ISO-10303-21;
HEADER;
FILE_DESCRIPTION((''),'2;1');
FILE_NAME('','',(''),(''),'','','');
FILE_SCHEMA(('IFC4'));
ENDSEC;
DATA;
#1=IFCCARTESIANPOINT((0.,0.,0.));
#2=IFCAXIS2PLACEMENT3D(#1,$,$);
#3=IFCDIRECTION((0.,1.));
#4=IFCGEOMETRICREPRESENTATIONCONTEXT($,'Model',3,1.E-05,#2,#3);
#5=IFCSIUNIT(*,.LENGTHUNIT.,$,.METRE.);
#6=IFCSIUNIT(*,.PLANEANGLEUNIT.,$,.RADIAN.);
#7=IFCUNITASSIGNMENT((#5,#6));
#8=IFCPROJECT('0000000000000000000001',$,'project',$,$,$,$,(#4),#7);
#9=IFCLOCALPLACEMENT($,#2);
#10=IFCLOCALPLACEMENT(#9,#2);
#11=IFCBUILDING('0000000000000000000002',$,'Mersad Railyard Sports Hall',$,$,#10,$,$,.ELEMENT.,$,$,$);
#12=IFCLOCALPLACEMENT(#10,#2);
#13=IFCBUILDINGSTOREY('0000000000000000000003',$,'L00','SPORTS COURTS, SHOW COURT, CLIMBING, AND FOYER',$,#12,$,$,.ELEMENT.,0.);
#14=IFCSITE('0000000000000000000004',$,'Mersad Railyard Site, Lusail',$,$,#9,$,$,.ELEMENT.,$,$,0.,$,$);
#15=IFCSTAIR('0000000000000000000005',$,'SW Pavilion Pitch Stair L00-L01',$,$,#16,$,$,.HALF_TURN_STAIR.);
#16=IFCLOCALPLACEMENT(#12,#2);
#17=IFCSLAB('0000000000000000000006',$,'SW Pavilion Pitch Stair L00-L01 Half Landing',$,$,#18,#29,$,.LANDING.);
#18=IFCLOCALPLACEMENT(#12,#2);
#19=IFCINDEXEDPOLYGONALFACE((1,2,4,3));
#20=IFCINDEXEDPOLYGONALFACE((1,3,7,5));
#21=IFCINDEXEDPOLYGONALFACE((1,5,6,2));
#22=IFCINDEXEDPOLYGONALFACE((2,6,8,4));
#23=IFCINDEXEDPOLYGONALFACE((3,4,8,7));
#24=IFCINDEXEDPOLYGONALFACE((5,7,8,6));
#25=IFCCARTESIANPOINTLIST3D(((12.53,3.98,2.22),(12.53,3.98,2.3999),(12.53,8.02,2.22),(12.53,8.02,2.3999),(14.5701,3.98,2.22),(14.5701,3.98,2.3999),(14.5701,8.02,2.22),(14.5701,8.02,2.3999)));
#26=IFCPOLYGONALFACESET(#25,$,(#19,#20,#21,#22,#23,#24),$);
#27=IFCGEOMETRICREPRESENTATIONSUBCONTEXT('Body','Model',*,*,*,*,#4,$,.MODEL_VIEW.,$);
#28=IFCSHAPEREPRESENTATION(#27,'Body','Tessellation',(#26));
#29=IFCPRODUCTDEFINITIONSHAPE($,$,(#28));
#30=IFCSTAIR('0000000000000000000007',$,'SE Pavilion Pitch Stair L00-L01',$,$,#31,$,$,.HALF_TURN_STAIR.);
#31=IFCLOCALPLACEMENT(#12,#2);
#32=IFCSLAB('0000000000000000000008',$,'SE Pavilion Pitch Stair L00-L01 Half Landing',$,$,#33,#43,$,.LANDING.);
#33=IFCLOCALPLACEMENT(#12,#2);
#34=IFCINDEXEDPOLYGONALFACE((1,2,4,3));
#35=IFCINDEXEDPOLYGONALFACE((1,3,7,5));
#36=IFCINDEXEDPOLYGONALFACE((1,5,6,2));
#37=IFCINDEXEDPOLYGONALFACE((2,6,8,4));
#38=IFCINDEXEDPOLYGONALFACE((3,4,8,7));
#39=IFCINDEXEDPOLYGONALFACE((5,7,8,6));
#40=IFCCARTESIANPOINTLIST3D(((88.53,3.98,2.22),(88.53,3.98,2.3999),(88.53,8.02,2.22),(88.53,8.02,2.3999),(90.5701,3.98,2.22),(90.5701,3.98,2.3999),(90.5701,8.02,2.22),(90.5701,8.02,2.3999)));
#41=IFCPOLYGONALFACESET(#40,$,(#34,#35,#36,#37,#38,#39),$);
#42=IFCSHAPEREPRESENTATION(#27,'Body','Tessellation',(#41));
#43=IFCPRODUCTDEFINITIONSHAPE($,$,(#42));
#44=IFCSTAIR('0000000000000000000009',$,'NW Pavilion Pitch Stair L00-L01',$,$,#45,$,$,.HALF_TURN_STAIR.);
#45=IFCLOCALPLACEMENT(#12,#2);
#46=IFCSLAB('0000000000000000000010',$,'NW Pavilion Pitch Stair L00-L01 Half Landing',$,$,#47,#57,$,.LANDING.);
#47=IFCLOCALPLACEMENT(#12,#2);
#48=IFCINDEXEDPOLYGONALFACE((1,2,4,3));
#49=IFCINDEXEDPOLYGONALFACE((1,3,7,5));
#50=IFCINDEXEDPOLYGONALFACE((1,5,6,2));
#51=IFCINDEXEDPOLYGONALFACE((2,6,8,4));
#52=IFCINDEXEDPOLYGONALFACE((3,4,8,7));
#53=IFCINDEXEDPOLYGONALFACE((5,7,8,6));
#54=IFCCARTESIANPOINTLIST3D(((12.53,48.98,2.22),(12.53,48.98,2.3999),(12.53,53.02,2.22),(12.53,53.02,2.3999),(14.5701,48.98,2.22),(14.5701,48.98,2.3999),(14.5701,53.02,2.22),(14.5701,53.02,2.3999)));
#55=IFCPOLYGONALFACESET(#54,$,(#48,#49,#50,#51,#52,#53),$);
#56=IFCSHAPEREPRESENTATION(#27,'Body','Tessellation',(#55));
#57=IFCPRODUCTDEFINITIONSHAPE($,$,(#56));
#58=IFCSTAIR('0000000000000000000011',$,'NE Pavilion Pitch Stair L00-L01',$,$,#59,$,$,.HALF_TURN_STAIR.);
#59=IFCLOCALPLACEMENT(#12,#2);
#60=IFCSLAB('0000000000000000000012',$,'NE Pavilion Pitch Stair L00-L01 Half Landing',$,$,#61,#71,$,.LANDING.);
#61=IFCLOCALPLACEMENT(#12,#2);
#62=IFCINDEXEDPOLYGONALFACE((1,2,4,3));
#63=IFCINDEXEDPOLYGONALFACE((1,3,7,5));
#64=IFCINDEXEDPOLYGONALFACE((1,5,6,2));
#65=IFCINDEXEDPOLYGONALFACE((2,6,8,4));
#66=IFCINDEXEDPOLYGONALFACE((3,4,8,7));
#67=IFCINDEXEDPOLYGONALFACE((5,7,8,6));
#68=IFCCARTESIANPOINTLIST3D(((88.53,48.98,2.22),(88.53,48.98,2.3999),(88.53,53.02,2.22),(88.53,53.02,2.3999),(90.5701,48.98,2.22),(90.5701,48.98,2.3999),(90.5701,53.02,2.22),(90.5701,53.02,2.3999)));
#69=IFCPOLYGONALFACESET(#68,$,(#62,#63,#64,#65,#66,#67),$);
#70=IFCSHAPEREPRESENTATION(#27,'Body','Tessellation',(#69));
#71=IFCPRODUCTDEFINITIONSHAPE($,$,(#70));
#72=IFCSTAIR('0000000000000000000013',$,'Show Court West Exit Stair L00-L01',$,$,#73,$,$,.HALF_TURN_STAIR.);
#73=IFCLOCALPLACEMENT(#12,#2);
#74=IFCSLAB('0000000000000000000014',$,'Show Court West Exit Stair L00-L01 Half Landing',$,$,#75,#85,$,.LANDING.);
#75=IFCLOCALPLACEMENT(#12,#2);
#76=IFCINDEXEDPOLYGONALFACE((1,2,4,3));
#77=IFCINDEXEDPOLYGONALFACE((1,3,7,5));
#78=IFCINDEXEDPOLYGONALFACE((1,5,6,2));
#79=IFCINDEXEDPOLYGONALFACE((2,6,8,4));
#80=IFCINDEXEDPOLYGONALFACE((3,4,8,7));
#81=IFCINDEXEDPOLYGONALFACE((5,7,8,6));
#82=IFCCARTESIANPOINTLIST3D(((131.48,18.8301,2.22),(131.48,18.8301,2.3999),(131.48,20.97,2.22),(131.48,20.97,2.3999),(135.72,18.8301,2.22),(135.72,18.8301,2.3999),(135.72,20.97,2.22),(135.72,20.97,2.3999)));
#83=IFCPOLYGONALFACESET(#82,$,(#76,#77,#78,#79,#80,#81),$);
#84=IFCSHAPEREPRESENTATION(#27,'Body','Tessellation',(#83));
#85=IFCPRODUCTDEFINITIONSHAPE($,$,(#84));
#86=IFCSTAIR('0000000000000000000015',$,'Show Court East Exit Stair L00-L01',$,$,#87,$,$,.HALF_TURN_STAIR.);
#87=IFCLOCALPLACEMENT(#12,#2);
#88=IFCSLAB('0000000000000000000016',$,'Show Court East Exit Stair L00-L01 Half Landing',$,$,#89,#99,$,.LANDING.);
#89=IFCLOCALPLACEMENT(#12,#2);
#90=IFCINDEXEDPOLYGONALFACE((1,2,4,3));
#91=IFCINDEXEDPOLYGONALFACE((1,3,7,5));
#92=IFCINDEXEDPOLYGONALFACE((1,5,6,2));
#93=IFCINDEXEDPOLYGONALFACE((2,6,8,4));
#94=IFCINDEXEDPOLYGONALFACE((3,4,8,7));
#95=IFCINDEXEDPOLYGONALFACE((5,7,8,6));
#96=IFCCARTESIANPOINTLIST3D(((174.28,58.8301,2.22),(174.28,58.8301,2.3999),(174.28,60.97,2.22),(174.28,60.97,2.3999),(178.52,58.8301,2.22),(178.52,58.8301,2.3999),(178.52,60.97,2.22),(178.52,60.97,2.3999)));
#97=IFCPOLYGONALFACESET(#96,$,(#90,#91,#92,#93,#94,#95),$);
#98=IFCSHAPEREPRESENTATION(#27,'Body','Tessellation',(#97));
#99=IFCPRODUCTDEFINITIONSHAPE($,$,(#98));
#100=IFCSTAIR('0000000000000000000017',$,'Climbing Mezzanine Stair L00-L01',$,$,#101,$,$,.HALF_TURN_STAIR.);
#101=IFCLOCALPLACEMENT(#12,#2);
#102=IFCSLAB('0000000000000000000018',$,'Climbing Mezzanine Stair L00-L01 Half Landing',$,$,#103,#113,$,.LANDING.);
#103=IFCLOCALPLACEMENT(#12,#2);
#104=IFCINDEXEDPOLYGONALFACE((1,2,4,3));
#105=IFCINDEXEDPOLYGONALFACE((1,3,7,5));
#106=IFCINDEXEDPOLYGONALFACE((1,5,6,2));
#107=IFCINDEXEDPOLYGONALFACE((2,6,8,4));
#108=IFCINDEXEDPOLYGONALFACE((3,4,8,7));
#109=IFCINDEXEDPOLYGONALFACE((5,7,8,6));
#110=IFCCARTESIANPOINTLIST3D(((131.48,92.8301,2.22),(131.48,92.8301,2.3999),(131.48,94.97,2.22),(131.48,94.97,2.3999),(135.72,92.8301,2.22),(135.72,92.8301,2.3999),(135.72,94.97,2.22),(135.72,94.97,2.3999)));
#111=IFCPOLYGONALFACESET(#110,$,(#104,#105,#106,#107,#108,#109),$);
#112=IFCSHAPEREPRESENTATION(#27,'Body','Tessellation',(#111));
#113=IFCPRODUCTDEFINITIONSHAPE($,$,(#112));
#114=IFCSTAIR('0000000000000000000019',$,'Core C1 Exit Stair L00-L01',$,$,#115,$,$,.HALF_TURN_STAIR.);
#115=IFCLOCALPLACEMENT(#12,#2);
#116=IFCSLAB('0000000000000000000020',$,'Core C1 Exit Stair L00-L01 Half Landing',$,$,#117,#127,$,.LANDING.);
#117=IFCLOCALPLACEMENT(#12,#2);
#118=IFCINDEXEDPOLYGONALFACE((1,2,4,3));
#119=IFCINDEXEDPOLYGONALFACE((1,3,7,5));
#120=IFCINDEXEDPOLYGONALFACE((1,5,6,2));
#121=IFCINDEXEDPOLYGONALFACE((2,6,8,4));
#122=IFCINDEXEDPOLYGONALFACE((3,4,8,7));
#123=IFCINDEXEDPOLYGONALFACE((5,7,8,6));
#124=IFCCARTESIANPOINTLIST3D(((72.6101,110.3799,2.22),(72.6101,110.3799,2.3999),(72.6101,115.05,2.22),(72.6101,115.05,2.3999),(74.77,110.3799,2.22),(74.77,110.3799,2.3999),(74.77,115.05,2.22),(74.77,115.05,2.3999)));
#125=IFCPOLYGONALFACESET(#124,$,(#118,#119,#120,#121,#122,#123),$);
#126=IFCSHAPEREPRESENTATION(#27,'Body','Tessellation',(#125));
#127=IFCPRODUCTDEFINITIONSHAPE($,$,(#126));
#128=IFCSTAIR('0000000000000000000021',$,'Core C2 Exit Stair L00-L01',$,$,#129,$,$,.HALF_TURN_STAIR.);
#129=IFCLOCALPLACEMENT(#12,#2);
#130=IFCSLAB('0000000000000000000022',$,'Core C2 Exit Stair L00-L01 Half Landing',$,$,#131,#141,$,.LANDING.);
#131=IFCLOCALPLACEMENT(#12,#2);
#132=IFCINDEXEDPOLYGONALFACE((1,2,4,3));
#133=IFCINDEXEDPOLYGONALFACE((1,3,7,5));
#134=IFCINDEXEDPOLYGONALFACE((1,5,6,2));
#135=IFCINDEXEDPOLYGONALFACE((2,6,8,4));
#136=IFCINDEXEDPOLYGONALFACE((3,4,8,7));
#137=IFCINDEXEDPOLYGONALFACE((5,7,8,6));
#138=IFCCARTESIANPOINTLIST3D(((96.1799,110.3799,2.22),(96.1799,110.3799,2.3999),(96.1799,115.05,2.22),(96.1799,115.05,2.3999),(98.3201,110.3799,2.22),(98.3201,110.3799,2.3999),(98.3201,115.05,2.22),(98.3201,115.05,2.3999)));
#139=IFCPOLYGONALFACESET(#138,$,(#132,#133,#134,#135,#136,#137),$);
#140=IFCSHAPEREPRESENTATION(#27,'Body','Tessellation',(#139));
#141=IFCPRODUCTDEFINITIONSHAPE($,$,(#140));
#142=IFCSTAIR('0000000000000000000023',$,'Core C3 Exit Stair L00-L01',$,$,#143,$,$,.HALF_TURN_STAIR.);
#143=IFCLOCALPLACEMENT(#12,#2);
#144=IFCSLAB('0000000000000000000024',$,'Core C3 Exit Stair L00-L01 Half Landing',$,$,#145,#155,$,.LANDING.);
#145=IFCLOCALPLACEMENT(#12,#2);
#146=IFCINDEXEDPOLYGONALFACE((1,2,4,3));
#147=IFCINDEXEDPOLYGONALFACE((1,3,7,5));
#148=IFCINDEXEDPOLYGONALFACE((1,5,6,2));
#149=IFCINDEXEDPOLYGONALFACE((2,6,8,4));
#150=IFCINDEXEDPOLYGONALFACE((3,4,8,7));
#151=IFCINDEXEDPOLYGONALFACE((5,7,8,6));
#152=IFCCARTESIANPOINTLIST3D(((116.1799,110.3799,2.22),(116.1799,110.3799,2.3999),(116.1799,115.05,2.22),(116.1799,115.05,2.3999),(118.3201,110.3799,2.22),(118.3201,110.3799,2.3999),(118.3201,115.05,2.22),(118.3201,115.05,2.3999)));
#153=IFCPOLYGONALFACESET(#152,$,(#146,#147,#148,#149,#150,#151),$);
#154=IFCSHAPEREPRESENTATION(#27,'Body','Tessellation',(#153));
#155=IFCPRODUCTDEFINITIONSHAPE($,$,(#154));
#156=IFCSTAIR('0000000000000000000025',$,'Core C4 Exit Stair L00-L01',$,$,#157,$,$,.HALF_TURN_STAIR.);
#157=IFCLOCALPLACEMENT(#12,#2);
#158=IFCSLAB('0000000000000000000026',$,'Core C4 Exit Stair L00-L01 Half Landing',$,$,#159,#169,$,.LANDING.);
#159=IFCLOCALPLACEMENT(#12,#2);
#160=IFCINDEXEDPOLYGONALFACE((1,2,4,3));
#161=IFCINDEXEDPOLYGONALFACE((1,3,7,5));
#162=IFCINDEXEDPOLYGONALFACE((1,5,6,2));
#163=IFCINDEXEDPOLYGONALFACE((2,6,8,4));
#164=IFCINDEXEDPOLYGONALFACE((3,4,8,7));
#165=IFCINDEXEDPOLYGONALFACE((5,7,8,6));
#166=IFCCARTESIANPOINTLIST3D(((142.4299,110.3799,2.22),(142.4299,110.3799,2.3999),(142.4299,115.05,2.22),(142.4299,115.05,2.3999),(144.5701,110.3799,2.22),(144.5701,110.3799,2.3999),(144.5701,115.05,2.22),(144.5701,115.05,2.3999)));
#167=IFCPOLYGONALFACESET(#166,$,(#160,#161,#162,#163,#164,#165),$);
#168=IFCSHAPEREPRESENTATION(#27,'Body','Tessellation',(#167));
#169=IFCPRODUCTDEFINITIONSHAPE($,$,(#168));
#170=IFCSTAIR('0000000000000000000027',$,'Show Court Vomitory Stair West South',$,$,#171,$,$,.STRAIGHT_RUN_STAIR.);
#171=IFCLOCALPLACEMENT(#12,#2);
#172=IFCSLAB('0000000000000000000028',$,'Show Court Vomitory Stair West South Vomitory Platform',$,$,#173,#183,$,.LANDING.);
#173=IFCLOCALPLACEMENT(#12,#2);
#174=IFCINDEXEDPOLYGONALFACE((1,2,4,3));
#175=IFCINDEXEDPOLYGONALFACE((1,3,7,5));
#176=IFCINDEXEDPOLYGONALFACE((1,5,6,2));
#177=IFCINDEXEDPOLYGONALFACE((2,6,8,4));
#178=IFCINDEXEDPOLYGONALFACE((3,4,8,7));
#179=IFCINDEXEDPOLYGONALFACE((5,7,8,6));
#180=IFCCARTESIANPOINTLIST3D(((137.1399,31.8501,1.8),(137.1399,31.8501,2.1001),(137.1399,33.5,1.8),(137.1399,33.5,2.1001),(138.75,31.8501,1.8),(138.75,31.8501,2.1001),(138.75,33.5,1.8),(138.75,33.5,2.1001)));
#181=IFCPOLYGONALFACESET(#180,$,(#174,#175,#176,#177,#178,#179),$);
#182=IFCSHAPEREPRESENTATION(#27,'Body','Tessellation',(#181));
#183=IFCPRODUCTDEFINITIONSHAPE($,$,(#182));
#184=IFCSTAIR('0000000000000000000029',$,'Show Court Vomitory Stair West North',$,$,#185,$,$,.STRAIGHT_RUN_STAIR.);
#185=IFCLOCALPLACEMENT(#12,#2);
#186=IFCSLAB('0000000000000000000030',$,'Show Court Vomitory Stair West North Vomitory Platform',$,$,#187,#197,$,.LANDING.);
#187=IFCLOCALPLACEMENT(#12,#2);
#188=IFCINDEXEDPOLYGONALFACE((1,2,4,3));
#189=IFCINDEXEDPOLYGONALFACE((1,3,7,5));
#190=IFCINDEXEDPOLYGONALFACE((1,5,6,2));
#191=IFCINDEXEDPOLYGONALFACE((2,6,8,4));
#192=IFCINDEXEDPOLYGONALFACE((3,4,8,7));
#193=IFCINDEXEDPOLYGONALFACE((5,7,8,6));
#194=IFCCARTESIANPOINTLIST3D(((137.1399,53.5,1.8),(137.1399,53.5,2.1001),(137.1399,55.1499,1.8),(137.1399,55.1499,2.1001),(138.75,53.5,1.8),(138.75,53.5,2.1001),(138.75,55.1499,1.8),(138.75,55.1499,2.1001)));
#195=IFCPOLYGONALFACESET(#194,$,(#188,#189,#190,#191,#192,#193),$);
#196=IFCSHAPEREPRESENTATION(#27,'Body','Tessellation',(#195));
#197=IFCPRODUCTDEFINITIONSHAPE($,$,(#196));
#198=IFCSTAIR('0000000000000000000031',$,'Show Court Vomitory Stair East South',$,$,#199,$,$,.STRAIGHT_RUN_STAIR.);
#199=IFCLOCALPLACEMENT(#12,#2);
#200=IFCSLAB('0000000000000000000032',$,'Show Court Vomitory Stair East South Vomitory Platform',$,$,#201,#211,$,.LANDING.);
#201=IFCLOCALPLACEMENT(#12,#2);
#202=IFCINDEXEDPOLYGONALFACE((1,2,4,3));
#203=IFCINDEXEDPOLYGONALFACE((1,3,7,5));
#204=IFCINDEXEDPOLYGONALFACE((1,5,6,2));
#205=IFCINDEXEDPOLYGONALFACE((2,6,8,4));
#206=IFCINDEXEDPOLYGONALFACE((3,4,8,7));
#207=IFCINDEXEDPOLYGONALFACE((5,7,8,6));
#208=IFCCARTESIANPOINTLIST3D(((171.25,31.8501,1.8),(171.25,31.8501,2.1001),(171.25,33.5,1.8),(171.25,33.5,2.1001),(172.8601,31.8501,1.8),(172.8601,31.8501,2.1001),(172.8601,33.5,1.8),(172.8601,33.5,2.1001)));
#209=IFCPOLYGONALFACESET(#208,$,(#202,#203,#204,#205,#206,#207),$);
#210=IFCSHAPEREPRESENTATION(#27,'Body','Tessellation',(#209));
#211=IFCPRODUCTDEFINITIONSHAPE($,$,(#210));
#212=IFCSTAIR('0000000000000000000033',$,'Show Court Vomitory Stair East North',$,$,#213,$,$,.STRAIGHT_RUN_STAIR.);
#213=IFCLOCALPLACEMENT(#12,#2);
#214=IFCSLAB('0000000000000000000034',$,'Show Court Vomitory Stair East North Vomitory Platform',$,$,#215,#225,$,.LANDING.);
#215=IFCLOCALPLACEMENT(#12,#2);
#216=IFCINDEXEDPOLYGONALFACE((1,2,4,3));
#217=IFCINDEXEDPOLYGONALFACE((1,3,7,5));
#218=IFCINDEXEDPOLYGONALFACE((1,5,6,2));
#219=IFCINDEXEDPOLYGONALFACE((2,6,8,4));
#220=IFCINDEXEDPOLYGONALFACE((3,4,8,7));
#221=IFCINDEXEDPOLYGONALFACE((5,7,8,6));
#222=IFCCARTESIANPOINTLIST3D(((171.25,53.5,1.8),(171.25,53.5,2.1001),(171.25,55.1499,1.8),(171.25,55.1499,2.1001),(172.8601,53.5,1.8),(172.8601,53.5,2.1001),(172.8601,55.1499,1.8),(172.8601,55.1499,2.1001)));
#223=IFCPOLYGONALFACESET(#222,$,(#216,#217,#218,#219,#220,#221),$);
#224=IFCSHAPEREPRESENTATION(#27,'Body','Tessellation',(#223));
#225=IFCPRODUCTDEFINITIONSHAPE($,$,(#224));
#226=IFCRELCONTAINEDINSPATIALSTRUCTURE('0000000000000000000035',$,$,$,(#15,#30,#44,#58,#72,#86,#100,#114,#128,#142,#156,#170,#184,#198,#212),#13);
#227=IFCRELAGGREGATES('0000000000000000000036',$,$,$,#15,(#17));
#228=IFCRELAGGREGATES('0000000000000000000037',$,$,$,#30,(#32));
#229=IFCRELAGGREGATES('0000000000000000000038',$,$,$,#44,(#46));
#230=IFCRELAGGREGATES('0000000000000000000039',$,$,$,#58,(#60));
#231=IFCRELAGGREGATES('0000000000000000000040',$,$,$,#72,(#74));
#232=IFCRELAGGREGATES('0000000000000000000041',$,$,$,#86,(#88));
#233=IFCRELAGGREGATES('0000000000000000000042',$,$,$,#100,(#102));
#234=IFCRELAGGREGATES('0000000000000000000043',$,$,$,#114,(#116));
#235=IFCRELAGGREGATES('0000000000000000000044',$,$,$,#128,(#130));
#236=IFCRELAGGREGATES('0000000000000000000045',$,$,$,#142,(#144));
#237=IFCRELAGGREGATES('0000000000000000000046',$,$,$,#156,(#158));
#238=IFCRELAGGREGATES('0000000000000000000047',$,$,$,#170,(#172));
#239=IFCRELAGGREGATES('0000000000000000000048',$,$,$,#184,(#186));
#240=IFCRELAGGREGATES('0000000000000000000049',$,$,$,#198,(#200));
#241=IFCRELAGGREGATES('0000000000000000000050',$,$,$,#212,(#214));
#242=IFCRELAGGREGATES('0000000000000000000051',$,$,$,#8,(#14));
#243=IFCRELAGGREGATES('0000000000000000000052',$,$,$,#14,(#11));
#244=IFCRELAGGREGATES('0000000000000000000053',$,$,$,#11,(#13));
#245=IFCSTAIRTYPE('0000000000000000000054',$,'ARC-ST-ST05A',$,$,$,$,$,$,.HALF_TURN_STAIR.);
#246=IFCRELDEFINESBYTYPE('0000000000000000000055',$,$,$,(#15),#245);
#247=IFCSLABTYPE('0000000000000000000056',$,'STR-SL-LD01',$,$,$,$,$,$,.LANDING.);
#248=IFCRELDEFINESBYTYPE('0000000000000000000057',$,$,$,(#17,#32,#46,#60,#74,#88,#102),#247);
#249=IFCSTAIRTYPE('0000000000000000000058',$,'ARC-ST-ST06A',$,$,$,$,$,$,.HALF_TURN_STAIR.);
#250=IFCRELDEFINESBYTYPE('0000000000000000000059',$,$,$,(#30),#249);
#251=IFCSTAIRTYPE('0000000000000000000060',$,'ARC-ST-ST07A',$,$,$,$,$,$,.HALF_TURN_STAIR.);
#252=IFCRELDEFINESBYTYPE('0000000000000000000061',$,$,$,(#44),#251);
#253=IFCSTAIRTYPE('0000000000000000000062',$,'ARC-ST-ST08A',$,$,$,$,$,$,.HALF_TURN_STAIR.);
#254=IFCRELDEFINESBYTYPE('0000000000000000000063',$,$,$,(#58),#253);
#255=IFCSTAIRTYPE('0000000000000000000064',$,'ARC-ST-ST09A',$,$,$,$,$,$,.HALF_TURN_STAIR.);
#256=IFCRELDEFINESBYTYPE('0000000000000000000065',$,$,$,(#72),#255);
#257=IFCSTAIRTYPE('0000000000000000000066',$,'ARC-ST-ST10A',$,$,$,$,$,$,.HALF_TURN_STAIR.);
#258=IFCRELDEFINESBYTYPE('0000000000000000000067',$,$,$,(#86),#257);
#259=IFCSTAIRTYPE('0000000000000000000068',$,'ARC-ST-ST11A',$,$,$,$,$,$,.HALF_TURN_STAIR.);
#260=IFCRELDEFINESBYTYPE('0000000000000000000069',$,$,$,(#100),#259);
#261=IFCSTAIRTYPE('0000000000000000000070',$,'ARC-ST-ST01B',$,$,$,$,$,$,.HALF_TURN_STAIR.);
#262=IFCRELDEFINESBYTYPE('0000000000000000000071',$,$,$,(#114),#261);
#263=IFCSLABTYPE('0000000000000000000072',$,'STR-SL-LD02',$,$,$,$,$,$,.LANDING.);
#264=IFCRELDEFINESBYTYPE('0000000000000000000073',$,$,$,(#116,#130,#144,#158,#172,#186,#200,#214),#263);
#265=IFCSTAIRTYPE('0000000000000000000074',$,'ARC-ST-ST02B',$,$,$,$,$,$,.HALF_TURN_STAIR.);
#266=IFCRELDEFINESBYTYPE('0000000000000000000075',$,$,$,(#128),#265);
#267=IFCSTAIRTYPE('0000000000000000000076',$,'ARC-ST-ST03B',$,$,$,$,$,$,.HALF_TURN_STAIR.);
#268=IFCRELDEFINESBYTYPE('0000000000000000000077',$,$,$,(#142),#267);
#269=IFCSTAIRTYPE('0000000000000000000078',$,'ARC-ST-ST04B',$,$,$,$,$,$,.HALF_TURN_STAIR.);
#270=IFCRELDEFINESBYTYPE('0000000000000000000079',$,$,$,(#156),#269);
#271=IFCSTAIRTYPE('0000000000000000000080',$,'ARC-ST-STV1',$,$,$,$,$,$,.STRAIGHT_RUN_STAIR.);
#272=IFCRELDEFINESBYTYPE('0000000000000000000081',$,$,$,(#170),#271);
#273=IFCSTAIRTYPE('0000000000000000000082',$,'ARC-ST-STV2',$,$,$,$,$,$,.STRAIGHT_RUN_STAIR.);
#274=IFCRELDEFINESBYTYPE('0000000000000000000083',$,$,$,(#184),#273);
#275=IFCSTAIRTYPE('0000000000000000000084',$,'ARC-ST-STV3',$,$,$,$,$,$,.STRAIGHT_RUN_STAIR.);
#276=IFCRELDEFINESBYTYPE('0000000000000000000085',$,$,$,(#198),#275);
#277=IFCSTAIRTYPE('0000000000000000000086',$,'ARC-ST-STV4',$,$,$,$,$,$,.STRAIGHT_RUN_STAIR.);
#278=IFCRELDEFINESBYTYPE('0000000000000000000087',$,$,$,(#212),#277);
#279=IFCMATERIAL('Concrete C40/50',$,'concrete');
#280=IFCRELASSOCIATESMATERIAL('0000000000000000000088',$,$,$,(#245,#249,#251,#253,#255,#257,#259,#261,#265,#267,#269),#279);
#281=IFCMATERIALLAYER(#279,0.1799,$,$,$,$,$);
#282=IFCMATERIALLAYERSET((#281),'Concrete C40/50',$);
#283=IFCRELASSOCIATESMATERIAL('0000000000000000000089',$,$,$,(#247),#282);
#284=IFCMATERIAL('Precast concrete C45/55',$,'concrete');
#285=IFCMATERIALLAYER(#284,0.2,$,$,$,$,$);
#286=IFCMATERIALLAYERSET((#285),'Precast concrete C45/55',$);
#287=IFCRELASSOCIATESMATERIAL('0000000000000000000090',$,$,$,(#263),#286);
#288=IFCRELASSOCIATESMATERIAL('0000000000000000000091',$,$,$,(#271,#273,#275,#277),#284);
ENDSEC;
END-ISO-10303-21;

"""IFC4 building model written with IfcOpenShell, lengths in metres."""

from ifc_helpers import new_model, si_unit, direction, frame, origin, place, context, subcontext, project, spatial, polyline, outline, extrude, material, layer, layer_set, type_object, element, aggregate, save


model = new_model("IFC4")

# Units and contexts
model_context = context("Model", 3, precision=1e-05, world=origin(), true_north=direction((0.0, 1.0)))
body_context = subcontext(model_context, "Body", "Model", "MODEL_VIEW")
ifc_project = project(units=[si_unit("LENGTHUNIT", "METRE"), si_unit("PLANEANGLEUNIT", "RADIAN")], contexts=[model_context])

# Site, building, storey
site_placement = place(None, origin())
site = spatial("IfcSite", under=ifc_project, at=site_placement, Name="Mersad Railyard Site, Lusail", CompositionType="ELEMENT", RefElevation=0.0)
building_placement = place(site_placement, origin())
building = spatial("IfcBuilding", under=site, at=building_placement, Name="Mersad Railyard Sports Hall", CompositionType="ELEMENT")
storey_placement = place(building_placement, origin())
storey = spatial("IfcBuildingStorey", under=building, at=storey_placement, Name="L00", Description="SPORTS COURTS, SHOW COURT, CLIMBING, AND FOYER", CompositionType="ELEMENT", Elevation=0.0)

# Stairs, slabs
ifc_material_1 = material(Name="Concrete C40/50", Category="concrete")
stair_type_1 = type_object("IfcStairType", Name="ARC-ST-ST05A", PredefinedType="HALF_TURN_STAIR", material=ifc_material_1)
stair_1_placement = place(storey_placement, origin())
stair_1 = element("IfcStair", 1, at=stair_1_placement, inside=storey, type_object=stair_type_1, Name="SW Pavilion Pitch Stair L00-L01", PredefinedType="HALF_TURN_STAIR")
ifc_layer_1 = layer(ifc_material_1, 0.1799)
ifc_layer_set_1 = layer_set([ifc_layer_1], Name="Concrete C40/50")
slab_type_1 = type_object("IfcSlabType", Name="STR-SL-LD01", PredefinedType="LANDING", material=ifc_layer_set_1)
slab_1_placement = place(storey_placement, frame((0.0, 0.0, 2.22)))
slab_1 = element("IfcSlab", 2, at=slab_1_placement, type_object=slab_type_1, Name="SW Pavilion Pitch Stair L00-L01 Half Landing", PredefinedType="LANDING", context=body_context, shape_type="SweptSolid", body=[
    extrude(outline(polyline([(12.53, 3.98), (14.5701, 3.98), (14.5701, 8.02), (12.53, 8.02), (12.53, 3.98)])), origin(), (0.0, 0.0, 1.0), 0.1799),
])
aggregate(stair_1, [slab_1])
stair_type_2 = type_object("IfcStairType", Name="ARC-ST-ST06A", PredefinedType="HALF_TURN_STAIR", material=ifc_material_1)
stair_2_placement = place(storey_placement, origin())
stair_2 = element("IfcStair", 3, at=stair_2_placement, inside=storey, type_object=stair_type_2, Name="SE Pavilion Pitch Stair L00-L01", PredefinedType="HALF_TURN_STAIR")
slab_2_placement = place(storey_placement, frame((0.0, 0.0, 2.22)))
slab_2 = element("IfcSlab", 4, at=slab_2_placement, type_object=slab_type_1, Name="SE Pavilion Pitch Stair L00-L01 Half Landing", PredefinedType="LANDING", context=body_context, shape_type="SweptSolid", body=[
    extrude(outline(polyline([(88.53, 3.98), (90.5701, 3.98), (90.5701, 8.02), (88.53, 8.02), (88.53, 3.98)])), origin(), (0.0, 0.0, 1.0), 0.1799),
])
aggregate(stair_2, [slab_2])
stair_type_3 = type_object("IfcStairType", Name="ARC-ST-ST07A", PredefinedType="HALF_TURN_STAIR", material=ifc_material_1)
stair_3_placement = place(storey_placement, origin())
stair_3 = element("IfcStair", 5, at=stair_3_placement, inside=storey, type_object=stair_type_3, Name="NW Pavilion Pitch Stair L00-L01", PredefinedType="HALF_TURN_STAIR")
slab_3_placement = place(storey_placement, frame((0.0, 0.0, 2.22)))
slab_3 = element("IfcSlab", 6, at=slab_3_placement, type_object=slab_type_1, Name="NW Pavilion Pitch Stair L00-L01 Half Landing", PredefinedType="LANDING", context=body_context, shape_type="SweptSolid", body=[
    extrude(outline(polyline([(12.53, 48.98), (14.5701, 48.98), (14.5701, 53.02), (12.53, 53.02), (12.53, 48.98)])), origin(), (0.0, 0.0, 1.0), 0.1799),
])
aggregate(stair_3, [slab_3])
stair_type_4 = type_object("IfcStairType", Name="ARC-ST-ST08A", PredefinedType="HALF_TURN_STAIR", material=ifc_material_1)
stair_4_placement = place(storey_placement, origin())
stair_4 = element("IfcStair", 7, at=stair_4_placement, inside=storey, type_object=stair_type_4, Name="NE Pavilion Pitch Stair L00-L01", PredefinedType="HALF_TURN_STAIR")
slab_4_placement = place(storey_placement, frame((0.0, 0.0, 2.22)))
slab_4 = element("IfcSlab", 8, at=slab_4_placement, type_object=slab_type_1, Name="NE Pavilion Pitch Stair L00-L01 Half Landing", PredefinedType="LANDING", context=body_context, shape_type="SweptSolid", body=[
    extrude(outline(polyline([(88.53, 48.98), (90.5701, 48.98), (90.5701, 53.02), (88.53, 53.02), (88.53, 48.98)])), origin(), (0.0, 0.0, 1.0), 0.1799),
])
aggregate(stair_4, [slab_4])
stair_type_5 = type_object("IfcStairType", Name="ARC-ST-ST09A", PredefinedType="HALF_TURN_STAIR", material=ifc_material_1)
stair_5_placement = place(storey_placement, origin())
stair_5 = element("IfcStair", 9, at=stair_5_placement, inside=storey, type_object=stair_type_5, Name="Show Court West Exit Stair L00-L01", PredefinedType="HALF_TURN_STAIR")
slab_5_placement = place(storey_placement, frame((0.0, 0.0, 2.22)))
slab_5 = element("IfcSlab", 10, at=slab_5_placement, type_object=slab_type_1, Name="Show Court West Exit Stair L00-L01 Half Landing", PredefinedType="LANDING", context=body_context, shape_type="SweptSolid", body=[
    extrude(outline(polyline([(131.48, 18.8301), (135.72, 18.8301), (135.72, 20.97), (131.48, 20.97), (131.48, 18.8301)])), origin(), (0.0, 0.0, 1.0), 0.1799),
])
aggregate(stair_5, [slab_5])
stair_type_6 = type_object("IfcStairType", Name="ARC-ST-ST10A", PredefinedType="HALF_TURN_STAIR", material=ifc_material_1)
stair_6_placement = place(storey_placement, origin())
stair_6 = element("IfcStair", 11, at=stair_6_placement, inside=storey, type_object=stair_type_6, Name="Show Court East Exit Stair L00-L01", PredefinedType="HALF_TURN_STAIR")
slab_6_placement = place(storey_placement, frame((0.0, 0.0, 2.22)))
slab_6 = element("IfcSlab", 12, at=slab_6_placement, type_object=slab_type_1, Name="Show Court East Exit Stair L00-L01 Half Landing", PredefinedType="LANDING", context=body_context, shape_type="SweptSolid", body=[
    extrude(outline(polyline([(174.28, 58.8301), (178.52, 58.8301), (178.52, 60.97), (174.28, 60.97), (174.28, 58.8301)])), origin(), (0.0, 0.0, 1.0), 0.1799),
])
aggregate(stair_6, [slab_6])
stair_type_7 = type_object("IfcStairType", Name="ARC-ST-ST11A", PredefinedType="HALF_TURN_STAIR", material=ifc_material_1)
stair_7_placement = place(storey_placement, origin())
stair_7 = element("IfcStair", 13, at=stair_7_placement, inside=storey, type_object=stair_type_7, Name="Climbing Mezzanine Stair L00-L01", PredefinedType="HALF_TURN_STAIR")
slab_7_placement = place(storey_placement, frame((0.0, 0.0, 2.22)))
slab_7 = element("IfcSlab", 14, at=slab_7_placement, type_object=slab_type_1, Name="Climbing Mezzanine Stair L00-L01 Half Landing", PredefinedType="LANDING", context=body_context, shape_type="SweptSolid", body=[
    extrude(outline(polyline([(131.48, 92.8301), (135.72, 92.8301), (135.72, 94.97), (131.48, 94.97), (131.48, 92.8301)])), origin(), (0.0, 0.0, 1.0), 0.1799),
])
aggregate(stair_7, [slab_7])
stair_type_8 = type_object("IfcStairType", Name="ARC-ST-ST01B", PredefinedType="HALF_TURN_STAIR", material=ifc_material_1)
stair_8_placement = place(storey_placement, origin())
stair_8 = element("IfcStair", 15, at=stair_8_placement, inside=storey, type_object=stair_type_8, Name="Core C1 Exit Stair L00-L01", PredefinedType="HALF_TURN_STAIR")
ifc_material_2 = material(Name="Precast concrete C45/55", Category="concrete")
ifc_layer_2 = layer(ifc_material_2, 0.2)
ifc_layer_set_2 = layer_set([ifc_layer_2], Name="Precast concrete C45/55")
slab_type_2 = type_object("IfcSlabType", Name="STR-SL-LD02", PredefinedType="LANDING", material=ifc_layer_set_2)
slab_8_placement = place(storey_placement, frame((0.0, 0.0, 2.22)))
slab_8 = element("IfcSlab", 16, at=slab_8_placement, type_object=slab_type_2, Name="Core C1 Exit Stair L00-L01 Half Landing", PredefinedType="LANDING", context=body_context, shape_type="SweptSolid", body=[
    extrude(outline(polyline([(72.6101, 110.3799), (74.77, 110.3799), (74.77, 115.05), (72.6101, 115.05), (72.6101, 110.3799)])), origin(), (0.0, 0.0, 1.0), 0.1799),
])
aggregate(stair_8, [slab_8])
stair_type_9 = type_object("IfcStairType", Name="ARC-ST-ST02B", PredefinedType="HALF_TURN_STAIR", material=ifc_material_1)
stair_9_placement = place(storey_placement, origin())
stair_9 = element("IfcStair", 17, at=stair_9_placement, inside=storey, type_object=stair_type_9, Name="Core C2 Exit Stair L00-L01", PredefinedType="HALF_TURN_STAIR")
slab_9_placement = place(storey_placement, frame((0.0, 0.0, 2.22)))
slab_9 = element("IfcSlab", 18, at=slab_9_placement, type_object=slab_type_2, Name="Core C2 Exit Stair L00-L01 Half Landing", PredefinedType="LANDING", context=body_context, shape_type="SweptSolid", body=[
    extrude(outline(polyline([(96.1799, 110.3799), (98.3201, 110.3799), (98.3201, 115.05), (96.1799, 115.05), (96.1799, 110.3799)])), origin(), (0.0, 0.0, 1.0), 0.1799),
])
aggregate(stair_9, [slab_9])
stair_type_10 = type_object("IfcStairType", Name="ARC-ST-ST03B", PredefinedType="HALF_TURN_STAIR", material=ifc_material_1)
stair_10_placement = place(storey_placement, origin())
stair_10 = element("IfcStair", 19, at=stair_10_placement, inside=storey, type_object=stair_type_10, Name="Core C3 Exit Stair L00-L01", PredefinedType="HALF_TURN_STAIR")
slab_10_placement = place(storey_placement, frame((0.0, 0.0, 2.22)))
slab_10 = element("IfcSlab", 20, at=slab_10_placement, type_object=slab_type_2, Name="Core C3 Exit Stair L00-L01 Half Landing", PredefinedType="LANDING", context=body_context, shape_type="SweptSolid", body=[
    extrude(outline(polyline([(116.1799, 110.3799), (118.3201, 110.3799), (118.3201, 115.05), (116.1799, 115.05), (116.1799, 110.3799)])), origin(), (0.0, 0.0, 1.0), 0.1799),
])
aggregate(stair_10, [slab_10])
stair_type_11 = type_object("IfcStairType", Name="ARC-ST-ST04B", PredefinedType="HALF_TURN_STAIR", material=ifc_material_1)
stair_11_placement = place(storey_placement, origin())
stair_11 = element("IfcStair", 21, at=stair_11_placement, inside=storey, type_object=stair_type_11, Name="Core C4 Exit Stair L00-L01", PredefinedType="HALF_TURN_STAIR")
slab_11_placement = place(storey_placement, frame((0.0, 0.0, 2.22)))
slab_11 = element("IfcSlab", 22, at=slab_11_placement, type_object=slab_type_2, Name="Core C4 Exit Stair L00-L01 Half Landing", PredefinedType="LANDING", context=body_context, shape_type="SweptSolid", body=[
    extrude(outline(polyline([(142.4299, 110.3799), (144.5701, 110.3799), (144.5701, 115.05), (142.4299, 115.05), (142.4299, 110.3799)])), origin(), (0.0, 0.0, 1.0), 0.1799),
])
aggregate(stair_11, [slab_11])
stair_type_12 = type_object("IfcStairType", Name="ARC-ST-STV1", PredefinedType="STRAIGHT_RUN_STAIR", material=ifc_material_2)
stair_12_placement = place(storey_placement, origin())
stair_12 = element("IfcStair", 23, at=stair_12_placement, inside=storey, type_object=stair_type_12, Name="Show Court Vomitory Stair West South", PredefinedType="STRAIGHT_RUN_STAIR")
slab_12_placement = place(storey_placement, frame((0.0, 0.0, 1.8)))
slab_12 = element("IfcSlab", 24, at=slab_12_placement, type_object=slab_type_2, Name="Show Court Vomitory Stair West South Vomitory Platform", PredefinedType="LANDING", context=body_context, shape_type="SweptSolid", body=[
    extrude(outline(polyline([(137.1399, 31.8501), (138.75, 31.8501), (138.75, 33.5), (137.1399, 33.5), (137.1399, 31.8501)])), origin(), (0.0, 0.0, 1.0), 0.3),
])
aggregate(stair_12, [slab_12])
stair_type_13 = type_object("IfcStairType", Name="ARC-ST-STV2", PredefinedType="STRAIGHT_RUN_STAIR", material=ifc_material_2)
stair_13_placement = place(storey_placement, origin())
stair_13 = element("IfcStair", 25, at=stair_13_placement, inside=storey, type_object=stair_type_13, Name="Show Court Vomitory Stair West North", PredefinedType="STRAIGHT_RUN_STAIR")
slab_13_placement = place(storey_placement, frame((0.0, 0.0, 1.8)))
slab_13 = element("IfcSlab", 26, at=slab_13_placement, type_object=slab_type_2, Name="Show Court Vomitory Stair West North Vomitory Platform", PredefinedType="LANDING", context=body_context, shape_type="SweptSolid", body=[
    extrude(outline(polyline([(137.1399, 53.5), (138.75, 53.5), (138.75, 55.1499), (137.1399, 55.1499), (137.1399, 53.5)])), origin(), (0.0, 0.0, 1.0), 0.3),
])
aggregate(stair_13, [slab_13])
stair_type_14 = type_object("IfcStairType", Name="ARC-ST-STV3", PredefinedType="STRAIGHT_RUN_STAIR", material=ifc_material_2)
stair_14_placement = place(storey_placement, origin())
stair_14 = element("IfcStair", 27, at=stair_14_placement, inside=storey, type_object=stair_type_14, Name="Show Court Vomitory Stair East South", PredefinedType="STRAIGHT_RUN_STAIR")
slab_14_placement = place(storey_placement, frame((0.0, 0.0, 1.8)))
slab_14 = element("IfcSlab", 28, at=slab_14_placement, type_object=slab_type_2, Name="Show Court Vomitory Stair East South Vomitory Platform", PredefinedType="LANDING", context=body_context, shape_type="SweptSolid", body=[
    extrude(outline(polyline([(171.25, 31.8501), (172.8601, 31.8501), (172.8601, 33.5), (171.25, 33.5), (171.25, 31.8501)])), origin(), (0.0, 0.0, 1.0), 0.3),
])
aggregate(stair_14, [slab_14])
stair_type_15 = type_object("IfcStairType", Name="ARC-ST-STV4", PredefinedType="STRAIGHT_RUN_STAIR", material=ifc_material_2)
stair_15_placement = place(storey_placement, origin())
stair_15 = element("IfcStair", 29, at=stair_15_placement, inside=storey, type_object=stair_type_15, Name="Show Court Vomitory Stair East North", PredefinedType="STRAIGHT_RUN_STAIR")
slab_15_placement = place(storey_placement, frame((0.0, 0.0, 1.8)))
slab_15 = element("IfcSlab", 30, at=slab_15_placement, type_object=slab_type_2, Name="Show Court Vomitory Stair East North Vomitory Platform", PredefinedType="LANDING", context=body_context, shape_type="SweptSolid", body=[
    extrude(outline(polyline([(171.25, 53.5), (172.8601, 53.5), (172.8601, 55.1499), (171.25, 55.1499), (171.25, 53.5)])), origin(), (0.0, 0.0, 1.0), 0.3),
])
aggregate(stair_15, [slab_15])

save(model, "model.ifc")
